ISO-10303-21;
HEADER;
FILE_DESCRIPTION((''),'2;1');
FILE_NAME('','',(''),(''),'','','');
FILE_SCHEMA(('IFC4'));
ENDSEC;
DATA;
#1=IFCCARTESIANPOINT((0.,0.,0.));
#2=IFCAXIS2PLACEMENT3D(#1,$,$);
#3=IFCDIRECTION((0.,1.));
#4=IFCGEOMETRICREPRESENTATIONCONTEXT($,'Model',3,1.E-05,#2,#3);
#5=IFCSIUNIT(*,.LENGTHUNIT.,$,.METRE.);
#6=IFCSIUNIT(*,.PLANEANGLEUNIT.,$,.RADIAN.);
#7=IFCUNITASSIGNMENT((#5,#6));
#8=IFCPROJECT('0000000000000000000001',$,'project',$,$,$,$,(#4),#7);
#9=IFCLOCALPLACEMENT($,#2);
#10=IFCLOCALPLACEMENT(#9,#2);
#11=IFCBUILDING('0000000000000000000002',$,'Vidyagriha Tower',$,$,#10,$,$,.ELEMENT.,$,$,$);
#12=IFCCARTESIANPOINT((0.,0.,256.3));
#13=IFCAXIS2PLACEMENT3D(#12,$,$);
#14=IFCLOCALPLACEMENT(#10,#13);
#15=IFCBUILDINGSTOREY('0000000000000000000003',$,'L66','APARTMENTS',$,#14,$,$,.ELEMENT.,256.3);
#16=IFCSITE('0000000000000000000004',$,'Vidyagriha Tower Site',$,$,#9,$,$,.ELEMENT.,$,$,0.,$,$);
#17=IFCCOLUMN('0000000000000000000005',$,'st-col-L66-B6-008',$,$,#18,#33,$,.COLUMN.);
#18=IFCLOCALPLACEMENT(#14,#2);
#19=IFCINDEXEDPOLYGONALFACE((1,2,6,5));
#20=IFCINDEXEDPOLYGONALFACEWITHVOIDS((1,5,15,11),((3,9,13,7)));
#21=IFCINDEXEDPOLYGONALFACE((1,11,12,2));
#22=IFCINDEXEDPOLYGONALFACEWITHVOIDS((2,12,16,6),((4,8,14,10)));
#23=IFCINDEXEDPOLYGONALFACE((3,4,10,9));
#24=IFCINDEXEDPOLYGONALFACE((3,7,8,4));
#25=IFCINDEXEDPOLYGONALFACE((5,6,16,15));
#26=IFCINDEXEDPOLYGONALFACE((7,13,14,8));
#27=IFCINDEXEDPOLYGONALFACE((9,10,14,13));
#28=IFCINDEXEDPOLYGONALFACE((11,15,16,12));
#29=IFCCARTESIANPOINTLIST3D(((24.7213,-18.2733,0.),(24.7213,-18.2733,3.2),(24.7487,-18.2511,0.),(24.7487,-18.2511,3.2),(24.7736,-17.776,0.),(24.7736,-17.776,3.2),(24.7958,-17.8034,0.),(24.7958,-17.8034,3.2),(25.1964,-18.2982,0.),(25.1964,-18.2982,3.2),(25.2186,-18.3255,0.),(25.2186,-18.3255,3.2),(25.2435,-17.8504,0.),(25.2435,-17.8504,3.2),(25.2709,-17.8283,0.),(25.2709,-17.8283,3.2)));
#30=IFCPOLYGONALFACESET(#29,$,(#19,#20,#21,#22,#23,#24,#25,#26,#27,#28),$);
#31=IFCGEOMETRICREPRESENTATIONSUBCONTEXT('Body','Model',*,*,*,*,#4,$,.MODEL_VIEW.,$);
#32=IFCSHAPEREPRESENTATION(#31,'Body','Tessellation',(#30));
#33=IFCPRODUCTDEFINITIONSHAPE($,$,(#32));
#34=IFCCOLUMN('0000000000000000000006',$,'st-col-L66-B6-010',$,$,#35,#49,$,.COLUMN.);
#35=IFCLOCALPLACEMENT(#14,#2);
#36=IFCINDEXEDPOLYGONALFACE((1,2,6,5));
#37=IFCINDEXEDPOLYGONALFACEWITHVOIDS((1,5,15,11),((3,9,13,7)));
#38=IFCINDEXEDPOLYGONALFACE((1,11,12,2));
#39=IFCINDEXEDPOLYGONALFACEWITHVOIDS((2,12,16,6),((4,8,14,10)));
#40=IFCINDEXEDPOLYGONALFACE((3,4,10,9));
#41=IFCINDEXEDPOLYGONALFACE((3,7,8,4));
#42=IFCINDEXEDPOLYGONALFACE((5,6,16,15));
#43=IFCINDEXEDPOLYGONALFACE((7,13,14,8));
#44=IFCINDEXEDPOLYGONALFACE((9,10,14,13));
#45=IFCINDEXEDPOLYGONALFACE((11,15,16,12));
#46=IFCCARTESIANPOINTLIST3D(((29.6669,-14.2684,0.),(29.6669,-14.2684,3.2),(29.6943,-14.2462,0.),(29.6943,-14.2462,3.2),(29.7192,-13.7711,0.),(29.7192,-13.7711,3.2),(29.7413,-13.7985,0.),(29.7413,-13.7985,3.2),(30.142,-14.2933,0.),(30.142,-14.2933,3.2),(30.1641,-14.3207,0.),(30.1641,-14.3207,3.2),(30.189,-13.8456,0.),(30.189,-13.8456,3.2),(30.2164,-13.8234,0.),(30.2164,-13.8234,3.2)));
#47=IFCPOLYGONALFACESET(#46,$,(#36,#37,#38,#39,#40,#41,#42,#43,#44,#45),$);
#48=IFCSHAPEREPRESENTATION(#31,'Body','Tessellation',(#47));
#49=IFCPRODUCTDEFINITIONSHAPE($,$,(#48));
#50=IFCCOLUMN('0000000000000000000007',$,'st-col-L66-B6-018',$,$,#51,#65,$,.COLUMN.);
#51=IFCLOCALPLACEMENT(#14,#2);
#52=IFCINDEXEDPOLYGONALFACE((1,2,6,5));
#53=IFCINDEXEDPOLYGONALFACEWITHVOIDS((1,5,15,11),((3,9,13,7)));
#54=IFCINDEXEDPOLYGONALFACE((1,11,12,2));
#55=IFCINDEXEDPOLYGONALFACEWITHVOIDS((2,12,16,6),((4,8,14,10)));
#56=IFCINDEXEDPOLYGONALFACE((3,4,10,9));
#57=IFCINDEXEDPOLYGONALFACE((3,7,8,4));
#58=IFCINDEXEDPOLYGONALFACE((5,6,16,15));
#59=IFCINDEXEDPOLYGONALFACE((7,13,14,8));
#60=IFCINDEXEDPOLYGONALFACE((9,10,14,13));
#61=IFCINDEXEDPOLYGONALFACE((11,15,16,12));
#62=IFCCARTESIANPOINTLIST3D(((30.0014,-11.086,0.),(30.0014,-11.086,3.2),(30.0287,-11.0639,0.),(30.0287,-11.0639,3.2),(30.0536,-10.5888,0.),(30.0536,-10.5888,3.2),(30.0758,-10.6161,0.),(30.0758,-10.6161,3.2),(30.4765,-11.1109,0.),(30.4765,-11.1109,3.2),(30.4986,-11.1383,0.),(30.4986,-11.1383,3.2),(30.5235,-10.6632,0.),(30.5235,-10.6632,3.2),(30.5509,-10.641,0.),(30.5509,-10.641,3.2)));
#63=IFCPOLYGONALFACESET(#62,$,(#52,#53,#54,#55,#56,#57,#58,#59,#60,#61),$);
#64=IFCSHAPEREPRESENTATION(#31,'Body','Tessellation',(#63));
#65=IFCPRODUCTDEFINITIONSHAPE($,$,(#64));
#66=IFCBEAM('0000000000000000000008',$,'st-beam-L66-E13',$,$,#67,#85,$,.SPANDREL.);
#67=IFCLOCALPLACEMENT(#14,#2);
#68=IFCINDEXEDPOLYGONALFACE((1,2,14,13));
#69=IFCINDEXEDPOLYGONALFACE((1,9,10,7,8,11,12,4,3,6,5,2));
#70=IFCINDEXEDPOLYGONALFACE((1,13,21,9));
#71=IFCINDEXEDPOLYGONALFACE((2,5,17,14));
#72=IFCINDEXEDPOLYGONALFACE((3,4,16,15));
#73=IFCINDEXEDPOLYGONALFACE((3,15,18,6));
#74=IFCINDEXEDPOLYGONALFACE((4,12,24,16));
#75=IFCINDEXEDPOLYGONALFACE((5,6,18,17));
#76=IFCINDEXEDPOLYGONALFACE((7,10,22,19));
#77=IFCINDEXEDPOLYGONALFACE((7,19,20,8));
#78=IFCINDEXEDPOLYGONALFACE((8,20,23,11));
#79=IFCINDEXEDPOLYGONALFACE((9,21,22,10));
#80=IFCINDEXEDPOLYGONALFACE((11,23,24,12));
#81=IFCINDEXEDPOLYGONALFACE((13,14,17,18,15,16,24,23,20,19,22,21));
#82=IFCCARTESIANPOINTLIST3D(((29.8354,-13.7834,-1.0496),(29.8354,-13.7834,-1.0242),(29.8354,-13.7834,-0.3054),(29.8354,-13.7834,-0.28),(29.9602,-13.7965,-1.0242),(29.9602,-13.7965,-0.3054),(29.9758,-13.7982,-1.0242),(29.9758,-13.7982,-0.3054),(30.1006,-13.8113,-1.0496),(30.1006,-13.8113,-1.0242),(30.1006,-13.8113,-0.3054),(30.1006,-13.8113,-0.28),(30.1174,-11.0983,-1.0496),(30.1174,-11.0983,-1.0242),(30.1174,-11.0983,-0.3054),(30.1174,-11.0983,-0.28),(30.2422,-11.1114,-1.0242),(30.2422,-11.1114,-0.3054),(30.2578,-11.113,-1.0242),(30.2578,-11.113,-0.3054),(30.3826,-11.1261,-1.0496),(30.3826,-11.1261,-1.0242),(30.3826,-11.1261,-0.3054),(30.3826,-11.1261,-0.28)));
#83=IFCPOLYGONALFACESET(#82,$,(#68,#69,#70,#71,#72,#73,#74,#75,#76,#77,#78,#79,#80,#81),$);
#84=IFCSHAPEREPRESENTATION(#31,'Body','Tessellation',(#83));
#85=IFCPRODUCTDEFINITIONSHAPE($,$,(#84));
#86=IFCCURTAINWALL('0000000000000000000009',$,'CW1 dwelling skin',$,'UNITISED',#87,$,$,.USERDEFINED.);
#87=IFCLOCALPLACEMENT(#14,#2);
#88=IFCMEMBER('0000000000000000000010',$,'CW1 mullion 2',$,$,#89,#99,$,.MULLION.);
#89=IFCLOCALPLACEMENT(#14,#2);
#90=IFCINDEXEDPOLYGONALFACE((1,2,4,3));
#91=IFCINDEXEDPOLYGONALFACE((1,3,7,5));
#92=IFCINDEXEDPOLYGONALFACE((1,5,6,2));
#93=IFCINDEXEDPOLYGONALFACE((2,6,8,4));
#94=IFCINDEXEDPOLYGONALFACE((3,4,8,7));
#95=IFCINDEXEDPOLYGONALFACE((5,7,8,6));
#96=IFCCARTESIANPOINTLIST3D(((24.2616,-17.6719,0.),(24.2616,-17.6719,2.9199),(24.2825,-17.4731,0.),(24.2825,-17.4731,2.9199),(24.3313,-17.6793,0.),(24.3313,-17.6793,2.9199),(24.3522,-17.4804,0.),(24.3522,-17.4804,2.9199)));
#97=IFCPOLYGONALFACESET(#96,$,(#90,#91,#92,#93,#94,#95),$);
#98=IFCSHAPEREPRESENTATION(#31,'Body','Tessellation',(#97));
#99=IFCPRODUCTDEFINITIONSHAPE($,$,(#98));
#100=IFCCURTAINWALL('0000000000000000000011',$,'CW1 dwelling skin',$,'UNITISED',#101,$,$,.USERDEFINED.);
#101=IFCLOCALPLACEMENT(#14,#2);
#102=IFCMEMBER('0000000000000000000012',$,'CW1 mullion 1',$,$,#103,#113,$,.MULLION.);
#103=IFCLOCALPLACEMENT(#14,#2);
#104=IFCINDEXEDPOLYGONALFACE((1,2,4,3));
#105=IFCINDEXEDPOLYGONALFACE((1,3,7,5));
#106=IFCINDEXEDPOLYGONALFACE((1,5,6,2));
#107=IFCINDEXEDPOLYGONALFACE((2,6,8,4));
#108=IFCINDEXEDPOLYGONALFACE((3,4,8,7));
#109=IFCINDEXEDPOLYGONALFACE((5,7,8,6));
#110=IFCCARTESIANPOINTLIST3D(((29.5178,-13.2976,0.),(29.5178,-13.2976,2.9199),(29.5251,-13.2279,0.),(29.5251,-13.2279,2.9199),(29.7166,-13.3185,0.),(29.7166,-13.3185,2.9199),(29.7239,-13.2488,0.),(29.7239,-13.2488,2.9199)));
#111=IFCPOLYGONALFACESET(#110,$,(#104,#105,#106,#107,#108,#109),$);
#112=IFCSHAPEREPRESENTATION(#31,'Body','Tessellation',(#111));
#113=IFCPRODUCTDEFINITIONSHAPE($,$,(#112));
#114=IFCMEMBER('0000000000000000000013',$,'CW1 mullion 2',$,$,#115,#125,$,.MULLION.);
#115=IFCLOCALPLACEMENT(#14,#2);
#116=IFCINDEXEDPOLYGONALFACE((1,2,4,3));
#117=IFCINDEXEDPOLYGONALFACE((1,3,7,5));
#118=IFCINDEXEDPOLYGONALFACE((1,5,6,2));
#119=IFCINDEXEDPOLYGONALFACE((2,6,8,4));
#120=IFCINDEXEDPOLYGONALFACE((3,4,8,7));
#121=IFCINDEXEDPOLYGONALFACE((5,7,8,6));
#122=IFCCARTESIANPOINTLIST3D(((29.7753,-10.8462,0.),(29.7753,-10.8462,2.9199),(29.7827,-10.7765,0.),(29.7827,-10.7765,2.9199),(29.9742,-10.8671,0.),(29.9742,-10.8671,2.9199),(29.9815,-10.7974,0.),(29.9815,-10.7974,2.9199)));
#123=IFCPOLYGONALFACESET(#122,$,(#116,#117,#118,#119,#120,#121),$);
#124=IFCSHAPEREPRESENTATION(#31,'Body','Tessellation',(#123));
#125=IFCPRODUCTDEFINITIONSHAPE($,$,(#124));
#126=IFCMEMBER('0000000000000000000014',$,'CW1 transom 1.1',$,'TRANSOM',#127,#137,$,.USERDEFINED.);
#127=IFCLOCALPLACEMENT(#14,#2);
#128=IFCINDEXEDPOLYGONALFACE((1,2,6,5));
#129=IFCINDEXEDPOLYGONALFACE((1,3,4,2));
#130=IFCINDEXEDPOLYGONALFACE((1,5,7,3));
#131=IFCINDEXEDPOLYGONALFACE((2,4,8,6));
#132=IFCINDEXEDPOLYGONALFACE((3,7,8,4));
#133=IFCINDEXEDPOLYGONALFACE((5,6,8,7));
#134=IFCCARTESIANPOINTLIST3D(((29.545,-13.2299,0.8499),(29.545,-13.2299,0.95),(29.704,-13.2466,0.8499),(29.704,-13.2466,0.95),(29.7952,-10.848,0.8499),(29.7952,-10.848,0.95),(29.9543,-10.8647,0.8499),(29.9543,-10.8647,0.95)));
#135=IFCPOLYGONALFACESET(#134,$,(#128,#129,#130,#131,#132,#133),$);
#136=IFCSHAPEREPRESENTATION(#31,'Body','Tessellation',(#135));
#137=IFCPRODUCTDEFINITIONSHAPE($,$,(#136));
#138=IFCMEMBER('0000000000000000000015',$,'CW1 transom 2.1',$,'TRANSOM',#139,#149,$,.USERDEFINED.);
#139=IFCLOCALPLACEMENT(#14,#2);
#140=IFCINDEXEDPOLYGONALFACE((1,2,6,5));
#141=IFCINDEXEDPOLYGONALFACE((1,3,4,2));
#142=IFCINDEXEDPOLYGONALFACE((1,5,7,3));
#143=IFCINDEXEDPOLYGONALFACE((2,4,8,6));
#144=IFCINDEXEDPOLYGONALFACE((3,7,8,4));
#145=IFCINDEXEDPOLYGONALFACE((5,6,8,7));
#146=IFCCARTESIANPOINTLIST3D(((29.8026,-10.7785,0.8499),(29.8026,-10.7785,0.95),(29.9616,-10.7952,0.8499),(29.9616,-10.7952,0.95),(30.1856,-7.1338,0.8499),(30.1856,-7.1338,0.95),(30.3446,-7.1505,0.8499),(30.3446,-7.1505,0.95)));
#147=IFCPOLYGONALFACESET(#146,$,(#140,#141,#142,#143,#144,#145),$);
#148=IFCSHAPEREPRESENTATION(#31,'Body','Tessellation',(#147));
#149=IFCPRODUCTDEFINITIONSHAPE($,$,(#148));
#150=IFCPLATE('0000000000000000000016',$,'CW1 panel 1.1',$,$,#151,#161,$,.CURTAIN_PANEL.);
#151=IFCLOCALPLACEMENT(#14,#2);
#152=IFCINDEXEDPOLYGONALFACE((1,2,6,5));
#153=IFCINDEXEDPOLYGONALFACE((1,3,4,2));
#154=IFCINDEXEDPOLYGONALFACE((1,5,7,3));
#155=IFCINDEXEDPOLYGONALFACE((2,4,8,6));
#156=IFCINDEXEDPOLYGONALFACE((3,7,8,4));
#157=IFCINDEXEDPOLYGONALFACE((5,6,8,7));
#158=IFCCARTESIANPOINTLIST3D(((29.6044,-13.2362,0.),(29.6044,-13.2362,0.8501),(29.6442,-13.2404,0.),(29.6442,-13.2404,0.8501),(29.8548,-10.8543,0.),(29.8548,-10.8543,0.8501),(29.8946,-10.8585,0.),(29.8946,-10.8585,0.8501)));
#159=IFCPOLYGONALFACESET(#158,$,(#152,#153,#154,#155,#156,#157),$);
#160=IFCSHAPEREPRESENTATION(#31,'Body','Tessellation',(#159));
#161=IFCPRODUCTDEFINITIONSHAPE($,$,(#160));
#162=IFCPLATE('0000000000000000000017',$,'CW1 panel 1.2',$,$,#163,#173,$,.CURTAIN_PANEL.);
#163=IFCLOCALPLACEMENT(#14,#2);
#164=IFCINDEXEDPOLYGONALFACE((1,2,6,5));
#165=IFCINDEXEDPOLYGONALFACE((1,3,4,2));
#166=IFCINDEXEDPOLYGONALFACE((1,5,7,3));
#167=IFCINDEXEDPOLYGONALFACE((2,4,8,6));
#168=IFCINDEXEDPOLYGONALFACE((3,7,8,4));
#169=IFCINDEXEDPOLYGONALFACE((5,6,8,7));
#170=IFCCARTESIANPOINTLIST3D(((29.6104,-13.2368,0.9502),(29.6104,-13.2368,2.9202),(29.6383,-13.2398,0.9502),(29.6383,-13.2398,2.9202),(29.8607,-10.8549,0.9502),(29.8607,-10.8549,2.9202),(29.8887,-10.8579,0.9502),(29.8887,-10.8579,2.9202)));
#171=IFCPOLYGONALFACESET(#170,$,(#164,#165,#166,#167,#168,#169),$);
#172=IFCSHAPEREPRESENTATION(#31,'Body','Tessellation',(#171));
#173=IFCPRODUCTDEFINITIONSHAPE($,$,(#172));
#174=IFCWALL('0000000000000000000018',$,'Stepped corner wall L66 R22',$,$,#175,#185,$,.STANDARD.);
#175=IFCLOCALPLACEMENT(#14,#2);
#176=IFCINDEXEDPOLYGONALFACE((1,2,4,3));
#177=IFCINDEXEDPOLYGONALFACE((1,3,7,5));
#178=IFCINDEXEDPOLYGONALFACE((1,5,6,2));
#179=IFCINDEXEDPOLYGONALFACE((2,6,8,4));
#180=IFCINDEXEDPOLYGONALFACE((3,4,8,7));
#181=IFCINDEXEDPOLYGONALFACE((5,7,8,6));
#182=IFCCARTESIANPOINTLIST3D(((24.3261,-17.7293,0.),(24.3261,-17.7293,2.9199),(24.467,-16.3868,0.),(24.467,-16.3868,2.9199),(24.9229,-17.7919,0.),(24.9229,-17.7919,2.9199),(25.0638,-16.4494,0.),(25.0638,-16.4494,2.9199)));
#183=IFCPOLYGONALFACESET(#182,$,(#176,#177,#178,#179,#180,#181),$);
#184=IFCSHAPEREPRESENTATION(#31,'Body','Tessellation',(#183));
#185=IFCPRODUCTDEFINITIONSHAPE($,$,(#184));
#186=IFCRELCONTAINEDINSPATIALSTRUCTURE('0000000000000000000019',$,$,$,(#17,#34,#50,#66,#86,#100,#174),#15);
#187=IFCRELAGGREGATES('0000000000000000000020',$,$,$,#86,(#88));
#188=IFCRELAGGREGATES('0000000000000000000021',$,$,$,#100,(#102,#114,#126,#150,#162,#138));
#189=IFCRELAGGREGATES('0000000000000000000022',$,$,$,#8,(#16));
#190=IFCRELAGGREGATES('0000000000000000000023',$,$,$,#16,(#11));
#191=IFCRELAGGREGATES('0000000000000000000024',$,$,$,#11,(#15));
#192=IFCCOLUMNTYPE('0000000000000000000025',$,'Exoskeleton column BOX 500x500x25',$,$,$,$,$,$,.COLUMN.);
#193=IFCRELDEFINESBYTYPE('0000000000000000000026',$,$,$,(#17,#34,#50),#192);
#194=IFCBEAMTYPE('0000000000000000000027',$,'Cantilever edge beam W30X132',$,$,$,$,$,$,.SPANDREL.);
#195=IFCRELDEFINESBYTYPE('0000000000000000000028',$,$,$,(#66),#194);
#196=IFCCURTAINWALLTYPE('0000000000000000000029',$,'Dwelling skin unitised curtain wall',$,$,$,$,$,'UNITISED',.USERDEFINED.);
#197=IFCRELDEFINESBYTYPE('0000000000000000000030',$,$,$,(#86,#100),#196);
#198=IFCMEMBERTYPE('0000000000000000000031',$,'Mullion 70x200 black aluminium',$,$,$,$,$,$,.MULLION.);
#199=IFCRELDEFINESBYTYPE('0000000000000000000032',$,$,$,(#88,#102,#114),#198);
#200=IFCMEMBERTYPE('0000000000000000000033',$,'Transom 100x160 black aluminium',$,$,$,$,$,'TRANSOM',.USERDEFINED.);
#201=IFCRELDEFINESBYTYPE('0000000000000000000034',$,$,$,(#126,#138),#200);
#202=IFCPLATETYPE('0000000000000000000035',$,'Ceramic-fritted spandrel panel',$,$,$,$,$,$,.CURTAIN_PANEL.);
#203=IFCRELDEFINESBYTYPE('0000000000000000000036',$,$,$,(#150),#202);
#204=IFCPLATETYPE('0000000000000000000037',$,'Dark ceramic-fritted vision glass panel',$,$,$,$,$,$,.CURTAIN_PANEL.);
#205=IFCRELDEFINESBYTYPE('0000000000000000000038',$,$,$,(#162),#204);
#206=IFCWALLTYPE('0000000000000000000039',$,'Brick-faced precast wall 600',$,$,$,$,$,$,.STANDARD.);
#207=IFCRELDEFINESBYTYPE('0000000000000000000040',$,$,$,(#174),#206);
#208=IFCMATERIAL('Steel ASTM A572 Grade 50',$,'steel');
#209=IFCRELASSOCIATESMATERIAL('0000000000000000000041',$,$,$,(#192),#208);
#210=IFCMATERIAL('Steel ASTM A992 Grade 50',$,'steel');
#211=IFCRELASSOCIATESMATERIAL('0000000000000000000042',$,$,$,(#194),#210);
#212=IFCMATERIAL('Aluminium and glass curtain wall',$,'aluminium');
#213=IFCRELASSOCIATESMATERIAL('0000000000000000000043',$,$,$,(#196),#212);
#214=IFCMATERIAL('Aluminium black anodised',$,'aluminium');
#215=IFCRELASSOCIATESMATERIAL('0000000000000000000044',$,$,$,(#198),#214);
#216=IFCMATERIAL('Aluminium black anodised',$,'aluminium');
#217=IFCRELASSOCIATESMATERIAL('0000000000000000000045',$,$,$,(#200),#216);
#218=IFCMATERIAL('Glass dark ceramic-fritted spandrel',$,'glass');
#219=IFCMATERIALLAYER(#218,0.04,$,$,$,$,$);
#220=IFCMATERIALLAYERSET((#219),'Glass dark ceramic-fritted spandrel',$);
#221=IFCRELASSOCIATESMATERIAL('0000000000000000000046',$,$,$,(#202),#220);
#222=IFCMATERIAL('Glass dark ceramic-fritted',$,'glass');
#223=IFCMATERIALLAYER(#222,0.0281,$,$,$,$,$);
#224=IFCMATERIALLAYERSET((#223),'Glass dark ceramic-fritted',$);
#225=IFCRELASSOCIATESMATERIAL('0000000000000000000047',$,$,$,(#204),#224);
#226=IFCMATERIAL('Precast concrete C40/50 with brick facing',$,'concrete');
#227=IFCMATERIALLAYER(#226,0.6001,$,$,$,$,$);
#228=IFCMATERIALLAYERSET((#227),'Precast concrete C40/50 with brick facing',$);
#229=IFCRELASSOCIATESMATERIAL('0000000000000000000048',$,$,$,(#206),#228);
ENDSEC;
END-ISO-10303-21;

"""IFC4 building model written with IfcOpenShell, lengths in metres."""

from ifc_helpers import new_model, si_unit, direction, frame, frame_2d, origin, origin_2d, place, context, subcontext, project, spatial, rectangle, hollow_rectangle, i_section, extrude, material, layer, layer_set, material_profile, profile_set, type_object, element, aggregate, save


model = new_model("IFC4")

# Units and contexts
model_context = context("Model", 3, precision=1e-05, world=origin(), true_north=direction((0.0, 1.0)))
body_context = subcontext(model_context, "Body", "Model", "MODEL_VIEW")
ifc_project = project(units=[si_unit("LENGTHUNIT", "METRE"), si_unit("PLANEANGLEUNIT", "RADIAN")], contexts=[model_context])

# Site, building, storey
site_placement = place(None, origin())
site = spatial("IfcSite", under=ifc_project, at=site_placement, Name="Vidyagriha Tower Site", CompositionType="ELEMENT", RefElevation=0.0)
building_placement = place(site_placement, origin())
building = spatial("IfcBuilding", under=site, at=building_placement, Name="Vidyagriha Tower", CompositionType="ELEMENT")
storey_placement = place(building_placement, frame((0.0, 0.0, 256.3)))
storey = spatial("IfcBuildingStorey", under=building, at=storey_placement, Name="L66", Description="APARTMENTS", CompositionType="ELEMENT", Elevation=256.3)

# Columns
ifc_material_1 = material(Name="Steel ASTM A572 Grade 50", Category="steel")
ifc_material_profile_1 = material_profile(ifc_material_1, hollow_rectangle(XDim=0.5, YDim=0.5, WallThickness=0.0249, at=origin_2d()), Name="BOX 500x500x25")
ifc_profile_set_1 = profile_set([ifc_material_profile_1], Name="Steel ASTM A572 Grade 50")
column_type = type_object("IfcColumnType", Name="Exoskeleton column BOX 500x500x25", PredefinedType="COLUMN", material=ifc_profile_set_1)
for number, where, z_axis, x_axis, name in (
    (1, (24.9961, -18.0508, 0.0), (0.0, 0.0, 1.0), (0.994522, -0.104528, 0.0), "st-col-L66-B6-008"),
    (2, (29.9417, -14.0459, 0.0), (0.0, 0.0, 1.0), (0.994522, -0.104528, 0.0), "st-col-L66-B6-010"),
    (3, (30.2761, -10.8635, 0.0), (0.0, 0.0, 1.0), (0.994522, -0.104528, 0.0), "st-col-L66-B6-018"),
):
    element("IfcColumn", number, at=place(storey_placement, frame(where, z_axis=z_axis, x_axis=x_axis)), inside=storey, type_object=column_type, Name=name, PredefinedType="COLUMN", context=body_context, shape_type="SweptSolid", body=[
        extrude(hollow_rectangle(XDim=0.5, YDim=0.5, WallThickness=0.0249, at=origin_2d()), origin(), (0.0, 0.0, 1.0), 3.2),
    ])

# Beam
ifc_material_2 = material(Name="Steel ASTM A992 Grade 50", Category="steel")
ifc_material_profile_2 = material_profile(ifc_material_2, i_section(OverallWidth=0.2666, OverallDepth=0.7695, WebThickness=0.0156, FlangeThickness=0.0254, at=origin_2d()), Name="W30X132")
ifc_profile_set_2 = profile_set([ifc_material_profile_2], Name="Steel ASTM A992 Grade 50")
beam_type = type_object("IfcBeamType", Name="Cantilever edge beam W30X132", PredefinedType="SPANDREL", material=ifc_profile_set_2)
beam_placement = place(storey_placement, frame((29.968, -13.7974, -0.6648), z_axis=(0.104435, 0.994532, 0.0), x_axis=(-0.994532, 0.104435, 0.0)))
element("IfcBeam", 4, at=beam_placement, inside=storey, type_object=beam_type, Name="st-beam-L66-E13", PredefinedType="SPANDREL", context=body_context, shape_type="SweptSolid", body=[
    extrude(i_section(OverallWidth=0.2666, OverallDepth=0.7695, WebThickness=0.0156, FlangeThickness=0.0254, at=origin_2d()), origin(), (0.0, 0.0, 1.0), 2.7),
])

# Curtain wall, member
ifc_material_3 = material(Name="Aluminium and glass curtain wall", Category="aluminium")
curtain_wall_type = type_object("IfcCurtainWallType", Name="Dwelling skin unitised curtain wall", ElementType="UNITISED", PredefinedType="USERDEFINED", material=ifc_material_3)
curtain_wall_1_placement = place(storey_placement, origin())
curtain_wall_1 = element("IfcCurtainWall", 5, at=curtain_wall_1_placement, inside=storey, type_object=curtain_wall_type, Name="CW1 dwelling skin", ObjectType="UNITISED", PredefinedType="USERDEFINED")
ifc_material_4 = material(Name="Aluminium black anodised", Category="aluminium")
ifc_material_profile_3 = material_profile(ifc_material_4, rectangle(XDim=0.2, YDim=0.0701, at=origin_2d()), Name="Mullion 70x200 black aluminium")
ifc_profile_set_3 = profile_set([ifc_material_profile_3], Name="Aluminium black anodised")
member_type_1 = type_object("IfcMemberType", Name="Mullion 70x200 black aluminium", PredefinedType="MULLION", material=ifc_profile_set_3)
member_1_placement = place(storey_placement, frame((24.3069, -17.5762, 0.0), z_axis=(0.0, 0.0, 1.0), x_axis=(0.104522, 0.994523, 0.0)))
member_1 = element("IfcMember", 6, at=member_1_placement, type_object=member_type_1, Name="CW1 mullion 2", PredefinedType="MULLION", context=body_context, shape_type="SweptSolid", body=[
    extrude(rectangle(XDim=0.2, YDim=0.0701, at=origin_2d()), origin(), (0.0, 0.0, 1.0), 2.9199),
])
aggregate(curtain_wall_1, [member_1])

# Curtain wall, members, plates
curtain_wall_2_placement = place(storey_placement, origin())
curtain_wall_2 = element("IfcCurtainWall", 7, at=curtain_wall_2_placement, inside=storey, type_object=curtain_wall_type, Name="CW1 dwelling skin", ObjectType="UNITISED", PredefinedType="USERDEFINED")
member_2_placement = place(storey_placement, frame((29.6208, -13.2732, 0.0), z_axis=(0.0, 0.0, 1.0), x_axis=(-0.994521, 0.104533, 0.0)))
member_2 = element("IfcMember", 8, at=member_2_placement, type_object=member_type_1, Name="CW1 mullion 1", PredefinedType="MULLION", context=body_context, shape_type="SweptSolid", body=[
    extrude(rectangle(XDim=0.2, YDim=0.0701, at=origin_2d()), origin(), (0.0, 0.0, 1.0), 2.9199),
])
member_3_placement = place(storey_placement, frame((29.8784, -10.8218, 0.0), z_axis=(0.0, 0.0, 1.0), x_axis=(-0.994521, 0.104533, 0.0)))
member_3 = element("IfcMember", 9, at=member_3_placement, type_object=member_type_1, Name="CW1 mullion 2", PredefinedType="MULLION", context=body_context, shape_type="SweptSolid", body=[
    extrude(rectangle(XDim=0.2, YDim=0.0701, at=origin_2d()), origin(), (0.0, 0.0, 1.0), 2.9199),
])
ifc_material_5 = material(Name="Aluminium black anodised", Category="aluminium")
ifc_material_profile_4 = material_profile(ifc_material_5, rectangle(XDim=0.1599, YDim=0.1001, at=origin_2d()), Name="Transom 100x160 black aluminium")
ifc_profile_set_4 = profile_set([ifc_material_profile_4], Name="Aluminium black anodised")
member_type_2 = type_object("IfcMemberType", Name="Transom 100x160 black aluminium", ElementType="TRANSOM", PredefinedType="USERDEFINED", material=ifc_profile_set_4)
member_4_placement = place(storey_placement, frame((29.6245, -13.2383, 0.8999), z_axis=(0.104488, 0.994526, 0.0), x_axis=(-0.994526, 0.104488, 0.0)))
member_4 = element("IfcMember", 10, at=member_4_placement, type_object=member_type_2, Name="CW1 transom 1.1", ObjectType="TRANSOM", PredefinedType="USERDEFINED", context=body_context, shape_type="SweptSolid", body=[
    extrude(rectangle(XDim=0.1599, YDim=0.1001, at=origin_2d()), origin(), (0.0, 0.0, 1.0), 2.395),
])
member_5_placement = place(storey_placement, frame((29.8821, -10.7869, 0.8999), z_axis=(0.104522, 0.994523, 0.0), x_axis=(-0.994523, 0.104522, 0.0)))
member_5 = element("IfcMember", 11, at=member_5_placement, type_object=member_type_2, Name="CW1 transom 2.1", ObjectType="TRANSOM", PredefinedType="USERDEFINED", context=body_context, shape_type="SweptSolid", body=[
    extrude(rectangle(XDim=0.1599, YDim=0.1001, at=origin_2d()), origin(), (0.0, 0.0, 1.0), 3.6648),
])
ifc_material_6 = material(Name="Glass dark ceramic-fritted spandrel", Category="glass")
ifc_layer_1 = layer(ifc_material_6, 0.04)
ifc_layer_set_1 = layer_set([ifc_layer_1], Name="Glass dark ceramic-fritted spandrel")
plate_type_1 = type_object("IfcPlateType", Name="Ceramic-fritted spandrel panel", PredefinedType="CURTAIN_PANEL", material=ifc_layer_set_1)
plate_1_placement = place(storey_placement, frame((29.7495, -12.0474, 0.0), z_axis=(0.0, 0.0, 1.0), x_axis=(0.104533, 0.994521, 0.0)))
plate_1 = element("IfcPlate", 12, at=plate_1_placement, type_object=plate_type_1, Name="CW1 panel 1.1", PredefinedType="CURTAIN_PANEL", context=body_context, shape_type="SweptSolid", body=[
    extrude(rectangle(XDim=2.395, YDim=0.04, at=origin_2d()), origin(), (0.0, 0.0, 1.0), 0.8501),
])
ifc_material_7 = material(Name="Glass dark ceramic-fritted", Category="glass")
ifc_layer_2 = layer(ifc_material_7, 0.0281)
ifc_layer_set_2 = layer_set([ifc_layer_2], Name="Glass dark ceramic-fritted")
plate_type_2 = type_object("IfcPlateType", Name="Dark ceramic-fritted vision glass panel", PredefinedType="CURTAIN_PANEL", material=ifc_layer_set_2)
plate_2_placement = place(storey_placement, frame((29.7495, -12.0474, 0.9502), z_axis=(0.0, 0.0, 1.0), x_axis=(0.104533, 0.994521, 0.0)))
plate_2 = element("IfcPlate", 13, at=plate_2_placement, type_object=plate_type_2, Name="CW1 panel 1.2", PredefinedType="CURTAIN_PANEL", context=body_context, shape_type="SweptSolid", body=[
    extrude(rectangle(XDim=2.395, YDim=0.0281, at=origin_2d()), origin(), (0.0, 0.0, 1.0), 1.97),
])
aggregate(curtain_wall_2, [member_2, member_3, member_4, plate_1, plate_2, member_5])

# Wall
ifc_material_8 = material(Name="Precast concrete C40/50 with brick facing", Category="concrete")
ifc_layer_3 = layer(ifc_material_8, 0.6001)
ifc_layer_set_3 = layer_set([ifc_layer_3], Name="Precast concrete C40/50 with brick facing")
wall_type_1 = type_object("IfcWallType", Name="Brick-faced precast wall 600", PredefinedType="STANDARD", material=ifc_layer_set_3)
wall_1_placement = place(storey_placement, frame((24.6245, -17.7605, 0.0), z_axis=(0.0, 0.0, 1.0), x_axis=(0.104355, 0.99454, 0.0)))
element("IfcWall", 14, at=wall_1_placement, inside=storey, type_object=wall_type_1, Name="Stepped corner wall L66 R22", PredefinedType="STANDARD", context=body_context, shape_type="SweptSolid", body=[
    extrude(rectangle(XDim=1.3499, YDim=0.6001, at=frame_2d((0.6748, 0.0))), origin(), (0.0, 0.0, 1.0), 2.9199),
])

save(model, "model.ifc")
